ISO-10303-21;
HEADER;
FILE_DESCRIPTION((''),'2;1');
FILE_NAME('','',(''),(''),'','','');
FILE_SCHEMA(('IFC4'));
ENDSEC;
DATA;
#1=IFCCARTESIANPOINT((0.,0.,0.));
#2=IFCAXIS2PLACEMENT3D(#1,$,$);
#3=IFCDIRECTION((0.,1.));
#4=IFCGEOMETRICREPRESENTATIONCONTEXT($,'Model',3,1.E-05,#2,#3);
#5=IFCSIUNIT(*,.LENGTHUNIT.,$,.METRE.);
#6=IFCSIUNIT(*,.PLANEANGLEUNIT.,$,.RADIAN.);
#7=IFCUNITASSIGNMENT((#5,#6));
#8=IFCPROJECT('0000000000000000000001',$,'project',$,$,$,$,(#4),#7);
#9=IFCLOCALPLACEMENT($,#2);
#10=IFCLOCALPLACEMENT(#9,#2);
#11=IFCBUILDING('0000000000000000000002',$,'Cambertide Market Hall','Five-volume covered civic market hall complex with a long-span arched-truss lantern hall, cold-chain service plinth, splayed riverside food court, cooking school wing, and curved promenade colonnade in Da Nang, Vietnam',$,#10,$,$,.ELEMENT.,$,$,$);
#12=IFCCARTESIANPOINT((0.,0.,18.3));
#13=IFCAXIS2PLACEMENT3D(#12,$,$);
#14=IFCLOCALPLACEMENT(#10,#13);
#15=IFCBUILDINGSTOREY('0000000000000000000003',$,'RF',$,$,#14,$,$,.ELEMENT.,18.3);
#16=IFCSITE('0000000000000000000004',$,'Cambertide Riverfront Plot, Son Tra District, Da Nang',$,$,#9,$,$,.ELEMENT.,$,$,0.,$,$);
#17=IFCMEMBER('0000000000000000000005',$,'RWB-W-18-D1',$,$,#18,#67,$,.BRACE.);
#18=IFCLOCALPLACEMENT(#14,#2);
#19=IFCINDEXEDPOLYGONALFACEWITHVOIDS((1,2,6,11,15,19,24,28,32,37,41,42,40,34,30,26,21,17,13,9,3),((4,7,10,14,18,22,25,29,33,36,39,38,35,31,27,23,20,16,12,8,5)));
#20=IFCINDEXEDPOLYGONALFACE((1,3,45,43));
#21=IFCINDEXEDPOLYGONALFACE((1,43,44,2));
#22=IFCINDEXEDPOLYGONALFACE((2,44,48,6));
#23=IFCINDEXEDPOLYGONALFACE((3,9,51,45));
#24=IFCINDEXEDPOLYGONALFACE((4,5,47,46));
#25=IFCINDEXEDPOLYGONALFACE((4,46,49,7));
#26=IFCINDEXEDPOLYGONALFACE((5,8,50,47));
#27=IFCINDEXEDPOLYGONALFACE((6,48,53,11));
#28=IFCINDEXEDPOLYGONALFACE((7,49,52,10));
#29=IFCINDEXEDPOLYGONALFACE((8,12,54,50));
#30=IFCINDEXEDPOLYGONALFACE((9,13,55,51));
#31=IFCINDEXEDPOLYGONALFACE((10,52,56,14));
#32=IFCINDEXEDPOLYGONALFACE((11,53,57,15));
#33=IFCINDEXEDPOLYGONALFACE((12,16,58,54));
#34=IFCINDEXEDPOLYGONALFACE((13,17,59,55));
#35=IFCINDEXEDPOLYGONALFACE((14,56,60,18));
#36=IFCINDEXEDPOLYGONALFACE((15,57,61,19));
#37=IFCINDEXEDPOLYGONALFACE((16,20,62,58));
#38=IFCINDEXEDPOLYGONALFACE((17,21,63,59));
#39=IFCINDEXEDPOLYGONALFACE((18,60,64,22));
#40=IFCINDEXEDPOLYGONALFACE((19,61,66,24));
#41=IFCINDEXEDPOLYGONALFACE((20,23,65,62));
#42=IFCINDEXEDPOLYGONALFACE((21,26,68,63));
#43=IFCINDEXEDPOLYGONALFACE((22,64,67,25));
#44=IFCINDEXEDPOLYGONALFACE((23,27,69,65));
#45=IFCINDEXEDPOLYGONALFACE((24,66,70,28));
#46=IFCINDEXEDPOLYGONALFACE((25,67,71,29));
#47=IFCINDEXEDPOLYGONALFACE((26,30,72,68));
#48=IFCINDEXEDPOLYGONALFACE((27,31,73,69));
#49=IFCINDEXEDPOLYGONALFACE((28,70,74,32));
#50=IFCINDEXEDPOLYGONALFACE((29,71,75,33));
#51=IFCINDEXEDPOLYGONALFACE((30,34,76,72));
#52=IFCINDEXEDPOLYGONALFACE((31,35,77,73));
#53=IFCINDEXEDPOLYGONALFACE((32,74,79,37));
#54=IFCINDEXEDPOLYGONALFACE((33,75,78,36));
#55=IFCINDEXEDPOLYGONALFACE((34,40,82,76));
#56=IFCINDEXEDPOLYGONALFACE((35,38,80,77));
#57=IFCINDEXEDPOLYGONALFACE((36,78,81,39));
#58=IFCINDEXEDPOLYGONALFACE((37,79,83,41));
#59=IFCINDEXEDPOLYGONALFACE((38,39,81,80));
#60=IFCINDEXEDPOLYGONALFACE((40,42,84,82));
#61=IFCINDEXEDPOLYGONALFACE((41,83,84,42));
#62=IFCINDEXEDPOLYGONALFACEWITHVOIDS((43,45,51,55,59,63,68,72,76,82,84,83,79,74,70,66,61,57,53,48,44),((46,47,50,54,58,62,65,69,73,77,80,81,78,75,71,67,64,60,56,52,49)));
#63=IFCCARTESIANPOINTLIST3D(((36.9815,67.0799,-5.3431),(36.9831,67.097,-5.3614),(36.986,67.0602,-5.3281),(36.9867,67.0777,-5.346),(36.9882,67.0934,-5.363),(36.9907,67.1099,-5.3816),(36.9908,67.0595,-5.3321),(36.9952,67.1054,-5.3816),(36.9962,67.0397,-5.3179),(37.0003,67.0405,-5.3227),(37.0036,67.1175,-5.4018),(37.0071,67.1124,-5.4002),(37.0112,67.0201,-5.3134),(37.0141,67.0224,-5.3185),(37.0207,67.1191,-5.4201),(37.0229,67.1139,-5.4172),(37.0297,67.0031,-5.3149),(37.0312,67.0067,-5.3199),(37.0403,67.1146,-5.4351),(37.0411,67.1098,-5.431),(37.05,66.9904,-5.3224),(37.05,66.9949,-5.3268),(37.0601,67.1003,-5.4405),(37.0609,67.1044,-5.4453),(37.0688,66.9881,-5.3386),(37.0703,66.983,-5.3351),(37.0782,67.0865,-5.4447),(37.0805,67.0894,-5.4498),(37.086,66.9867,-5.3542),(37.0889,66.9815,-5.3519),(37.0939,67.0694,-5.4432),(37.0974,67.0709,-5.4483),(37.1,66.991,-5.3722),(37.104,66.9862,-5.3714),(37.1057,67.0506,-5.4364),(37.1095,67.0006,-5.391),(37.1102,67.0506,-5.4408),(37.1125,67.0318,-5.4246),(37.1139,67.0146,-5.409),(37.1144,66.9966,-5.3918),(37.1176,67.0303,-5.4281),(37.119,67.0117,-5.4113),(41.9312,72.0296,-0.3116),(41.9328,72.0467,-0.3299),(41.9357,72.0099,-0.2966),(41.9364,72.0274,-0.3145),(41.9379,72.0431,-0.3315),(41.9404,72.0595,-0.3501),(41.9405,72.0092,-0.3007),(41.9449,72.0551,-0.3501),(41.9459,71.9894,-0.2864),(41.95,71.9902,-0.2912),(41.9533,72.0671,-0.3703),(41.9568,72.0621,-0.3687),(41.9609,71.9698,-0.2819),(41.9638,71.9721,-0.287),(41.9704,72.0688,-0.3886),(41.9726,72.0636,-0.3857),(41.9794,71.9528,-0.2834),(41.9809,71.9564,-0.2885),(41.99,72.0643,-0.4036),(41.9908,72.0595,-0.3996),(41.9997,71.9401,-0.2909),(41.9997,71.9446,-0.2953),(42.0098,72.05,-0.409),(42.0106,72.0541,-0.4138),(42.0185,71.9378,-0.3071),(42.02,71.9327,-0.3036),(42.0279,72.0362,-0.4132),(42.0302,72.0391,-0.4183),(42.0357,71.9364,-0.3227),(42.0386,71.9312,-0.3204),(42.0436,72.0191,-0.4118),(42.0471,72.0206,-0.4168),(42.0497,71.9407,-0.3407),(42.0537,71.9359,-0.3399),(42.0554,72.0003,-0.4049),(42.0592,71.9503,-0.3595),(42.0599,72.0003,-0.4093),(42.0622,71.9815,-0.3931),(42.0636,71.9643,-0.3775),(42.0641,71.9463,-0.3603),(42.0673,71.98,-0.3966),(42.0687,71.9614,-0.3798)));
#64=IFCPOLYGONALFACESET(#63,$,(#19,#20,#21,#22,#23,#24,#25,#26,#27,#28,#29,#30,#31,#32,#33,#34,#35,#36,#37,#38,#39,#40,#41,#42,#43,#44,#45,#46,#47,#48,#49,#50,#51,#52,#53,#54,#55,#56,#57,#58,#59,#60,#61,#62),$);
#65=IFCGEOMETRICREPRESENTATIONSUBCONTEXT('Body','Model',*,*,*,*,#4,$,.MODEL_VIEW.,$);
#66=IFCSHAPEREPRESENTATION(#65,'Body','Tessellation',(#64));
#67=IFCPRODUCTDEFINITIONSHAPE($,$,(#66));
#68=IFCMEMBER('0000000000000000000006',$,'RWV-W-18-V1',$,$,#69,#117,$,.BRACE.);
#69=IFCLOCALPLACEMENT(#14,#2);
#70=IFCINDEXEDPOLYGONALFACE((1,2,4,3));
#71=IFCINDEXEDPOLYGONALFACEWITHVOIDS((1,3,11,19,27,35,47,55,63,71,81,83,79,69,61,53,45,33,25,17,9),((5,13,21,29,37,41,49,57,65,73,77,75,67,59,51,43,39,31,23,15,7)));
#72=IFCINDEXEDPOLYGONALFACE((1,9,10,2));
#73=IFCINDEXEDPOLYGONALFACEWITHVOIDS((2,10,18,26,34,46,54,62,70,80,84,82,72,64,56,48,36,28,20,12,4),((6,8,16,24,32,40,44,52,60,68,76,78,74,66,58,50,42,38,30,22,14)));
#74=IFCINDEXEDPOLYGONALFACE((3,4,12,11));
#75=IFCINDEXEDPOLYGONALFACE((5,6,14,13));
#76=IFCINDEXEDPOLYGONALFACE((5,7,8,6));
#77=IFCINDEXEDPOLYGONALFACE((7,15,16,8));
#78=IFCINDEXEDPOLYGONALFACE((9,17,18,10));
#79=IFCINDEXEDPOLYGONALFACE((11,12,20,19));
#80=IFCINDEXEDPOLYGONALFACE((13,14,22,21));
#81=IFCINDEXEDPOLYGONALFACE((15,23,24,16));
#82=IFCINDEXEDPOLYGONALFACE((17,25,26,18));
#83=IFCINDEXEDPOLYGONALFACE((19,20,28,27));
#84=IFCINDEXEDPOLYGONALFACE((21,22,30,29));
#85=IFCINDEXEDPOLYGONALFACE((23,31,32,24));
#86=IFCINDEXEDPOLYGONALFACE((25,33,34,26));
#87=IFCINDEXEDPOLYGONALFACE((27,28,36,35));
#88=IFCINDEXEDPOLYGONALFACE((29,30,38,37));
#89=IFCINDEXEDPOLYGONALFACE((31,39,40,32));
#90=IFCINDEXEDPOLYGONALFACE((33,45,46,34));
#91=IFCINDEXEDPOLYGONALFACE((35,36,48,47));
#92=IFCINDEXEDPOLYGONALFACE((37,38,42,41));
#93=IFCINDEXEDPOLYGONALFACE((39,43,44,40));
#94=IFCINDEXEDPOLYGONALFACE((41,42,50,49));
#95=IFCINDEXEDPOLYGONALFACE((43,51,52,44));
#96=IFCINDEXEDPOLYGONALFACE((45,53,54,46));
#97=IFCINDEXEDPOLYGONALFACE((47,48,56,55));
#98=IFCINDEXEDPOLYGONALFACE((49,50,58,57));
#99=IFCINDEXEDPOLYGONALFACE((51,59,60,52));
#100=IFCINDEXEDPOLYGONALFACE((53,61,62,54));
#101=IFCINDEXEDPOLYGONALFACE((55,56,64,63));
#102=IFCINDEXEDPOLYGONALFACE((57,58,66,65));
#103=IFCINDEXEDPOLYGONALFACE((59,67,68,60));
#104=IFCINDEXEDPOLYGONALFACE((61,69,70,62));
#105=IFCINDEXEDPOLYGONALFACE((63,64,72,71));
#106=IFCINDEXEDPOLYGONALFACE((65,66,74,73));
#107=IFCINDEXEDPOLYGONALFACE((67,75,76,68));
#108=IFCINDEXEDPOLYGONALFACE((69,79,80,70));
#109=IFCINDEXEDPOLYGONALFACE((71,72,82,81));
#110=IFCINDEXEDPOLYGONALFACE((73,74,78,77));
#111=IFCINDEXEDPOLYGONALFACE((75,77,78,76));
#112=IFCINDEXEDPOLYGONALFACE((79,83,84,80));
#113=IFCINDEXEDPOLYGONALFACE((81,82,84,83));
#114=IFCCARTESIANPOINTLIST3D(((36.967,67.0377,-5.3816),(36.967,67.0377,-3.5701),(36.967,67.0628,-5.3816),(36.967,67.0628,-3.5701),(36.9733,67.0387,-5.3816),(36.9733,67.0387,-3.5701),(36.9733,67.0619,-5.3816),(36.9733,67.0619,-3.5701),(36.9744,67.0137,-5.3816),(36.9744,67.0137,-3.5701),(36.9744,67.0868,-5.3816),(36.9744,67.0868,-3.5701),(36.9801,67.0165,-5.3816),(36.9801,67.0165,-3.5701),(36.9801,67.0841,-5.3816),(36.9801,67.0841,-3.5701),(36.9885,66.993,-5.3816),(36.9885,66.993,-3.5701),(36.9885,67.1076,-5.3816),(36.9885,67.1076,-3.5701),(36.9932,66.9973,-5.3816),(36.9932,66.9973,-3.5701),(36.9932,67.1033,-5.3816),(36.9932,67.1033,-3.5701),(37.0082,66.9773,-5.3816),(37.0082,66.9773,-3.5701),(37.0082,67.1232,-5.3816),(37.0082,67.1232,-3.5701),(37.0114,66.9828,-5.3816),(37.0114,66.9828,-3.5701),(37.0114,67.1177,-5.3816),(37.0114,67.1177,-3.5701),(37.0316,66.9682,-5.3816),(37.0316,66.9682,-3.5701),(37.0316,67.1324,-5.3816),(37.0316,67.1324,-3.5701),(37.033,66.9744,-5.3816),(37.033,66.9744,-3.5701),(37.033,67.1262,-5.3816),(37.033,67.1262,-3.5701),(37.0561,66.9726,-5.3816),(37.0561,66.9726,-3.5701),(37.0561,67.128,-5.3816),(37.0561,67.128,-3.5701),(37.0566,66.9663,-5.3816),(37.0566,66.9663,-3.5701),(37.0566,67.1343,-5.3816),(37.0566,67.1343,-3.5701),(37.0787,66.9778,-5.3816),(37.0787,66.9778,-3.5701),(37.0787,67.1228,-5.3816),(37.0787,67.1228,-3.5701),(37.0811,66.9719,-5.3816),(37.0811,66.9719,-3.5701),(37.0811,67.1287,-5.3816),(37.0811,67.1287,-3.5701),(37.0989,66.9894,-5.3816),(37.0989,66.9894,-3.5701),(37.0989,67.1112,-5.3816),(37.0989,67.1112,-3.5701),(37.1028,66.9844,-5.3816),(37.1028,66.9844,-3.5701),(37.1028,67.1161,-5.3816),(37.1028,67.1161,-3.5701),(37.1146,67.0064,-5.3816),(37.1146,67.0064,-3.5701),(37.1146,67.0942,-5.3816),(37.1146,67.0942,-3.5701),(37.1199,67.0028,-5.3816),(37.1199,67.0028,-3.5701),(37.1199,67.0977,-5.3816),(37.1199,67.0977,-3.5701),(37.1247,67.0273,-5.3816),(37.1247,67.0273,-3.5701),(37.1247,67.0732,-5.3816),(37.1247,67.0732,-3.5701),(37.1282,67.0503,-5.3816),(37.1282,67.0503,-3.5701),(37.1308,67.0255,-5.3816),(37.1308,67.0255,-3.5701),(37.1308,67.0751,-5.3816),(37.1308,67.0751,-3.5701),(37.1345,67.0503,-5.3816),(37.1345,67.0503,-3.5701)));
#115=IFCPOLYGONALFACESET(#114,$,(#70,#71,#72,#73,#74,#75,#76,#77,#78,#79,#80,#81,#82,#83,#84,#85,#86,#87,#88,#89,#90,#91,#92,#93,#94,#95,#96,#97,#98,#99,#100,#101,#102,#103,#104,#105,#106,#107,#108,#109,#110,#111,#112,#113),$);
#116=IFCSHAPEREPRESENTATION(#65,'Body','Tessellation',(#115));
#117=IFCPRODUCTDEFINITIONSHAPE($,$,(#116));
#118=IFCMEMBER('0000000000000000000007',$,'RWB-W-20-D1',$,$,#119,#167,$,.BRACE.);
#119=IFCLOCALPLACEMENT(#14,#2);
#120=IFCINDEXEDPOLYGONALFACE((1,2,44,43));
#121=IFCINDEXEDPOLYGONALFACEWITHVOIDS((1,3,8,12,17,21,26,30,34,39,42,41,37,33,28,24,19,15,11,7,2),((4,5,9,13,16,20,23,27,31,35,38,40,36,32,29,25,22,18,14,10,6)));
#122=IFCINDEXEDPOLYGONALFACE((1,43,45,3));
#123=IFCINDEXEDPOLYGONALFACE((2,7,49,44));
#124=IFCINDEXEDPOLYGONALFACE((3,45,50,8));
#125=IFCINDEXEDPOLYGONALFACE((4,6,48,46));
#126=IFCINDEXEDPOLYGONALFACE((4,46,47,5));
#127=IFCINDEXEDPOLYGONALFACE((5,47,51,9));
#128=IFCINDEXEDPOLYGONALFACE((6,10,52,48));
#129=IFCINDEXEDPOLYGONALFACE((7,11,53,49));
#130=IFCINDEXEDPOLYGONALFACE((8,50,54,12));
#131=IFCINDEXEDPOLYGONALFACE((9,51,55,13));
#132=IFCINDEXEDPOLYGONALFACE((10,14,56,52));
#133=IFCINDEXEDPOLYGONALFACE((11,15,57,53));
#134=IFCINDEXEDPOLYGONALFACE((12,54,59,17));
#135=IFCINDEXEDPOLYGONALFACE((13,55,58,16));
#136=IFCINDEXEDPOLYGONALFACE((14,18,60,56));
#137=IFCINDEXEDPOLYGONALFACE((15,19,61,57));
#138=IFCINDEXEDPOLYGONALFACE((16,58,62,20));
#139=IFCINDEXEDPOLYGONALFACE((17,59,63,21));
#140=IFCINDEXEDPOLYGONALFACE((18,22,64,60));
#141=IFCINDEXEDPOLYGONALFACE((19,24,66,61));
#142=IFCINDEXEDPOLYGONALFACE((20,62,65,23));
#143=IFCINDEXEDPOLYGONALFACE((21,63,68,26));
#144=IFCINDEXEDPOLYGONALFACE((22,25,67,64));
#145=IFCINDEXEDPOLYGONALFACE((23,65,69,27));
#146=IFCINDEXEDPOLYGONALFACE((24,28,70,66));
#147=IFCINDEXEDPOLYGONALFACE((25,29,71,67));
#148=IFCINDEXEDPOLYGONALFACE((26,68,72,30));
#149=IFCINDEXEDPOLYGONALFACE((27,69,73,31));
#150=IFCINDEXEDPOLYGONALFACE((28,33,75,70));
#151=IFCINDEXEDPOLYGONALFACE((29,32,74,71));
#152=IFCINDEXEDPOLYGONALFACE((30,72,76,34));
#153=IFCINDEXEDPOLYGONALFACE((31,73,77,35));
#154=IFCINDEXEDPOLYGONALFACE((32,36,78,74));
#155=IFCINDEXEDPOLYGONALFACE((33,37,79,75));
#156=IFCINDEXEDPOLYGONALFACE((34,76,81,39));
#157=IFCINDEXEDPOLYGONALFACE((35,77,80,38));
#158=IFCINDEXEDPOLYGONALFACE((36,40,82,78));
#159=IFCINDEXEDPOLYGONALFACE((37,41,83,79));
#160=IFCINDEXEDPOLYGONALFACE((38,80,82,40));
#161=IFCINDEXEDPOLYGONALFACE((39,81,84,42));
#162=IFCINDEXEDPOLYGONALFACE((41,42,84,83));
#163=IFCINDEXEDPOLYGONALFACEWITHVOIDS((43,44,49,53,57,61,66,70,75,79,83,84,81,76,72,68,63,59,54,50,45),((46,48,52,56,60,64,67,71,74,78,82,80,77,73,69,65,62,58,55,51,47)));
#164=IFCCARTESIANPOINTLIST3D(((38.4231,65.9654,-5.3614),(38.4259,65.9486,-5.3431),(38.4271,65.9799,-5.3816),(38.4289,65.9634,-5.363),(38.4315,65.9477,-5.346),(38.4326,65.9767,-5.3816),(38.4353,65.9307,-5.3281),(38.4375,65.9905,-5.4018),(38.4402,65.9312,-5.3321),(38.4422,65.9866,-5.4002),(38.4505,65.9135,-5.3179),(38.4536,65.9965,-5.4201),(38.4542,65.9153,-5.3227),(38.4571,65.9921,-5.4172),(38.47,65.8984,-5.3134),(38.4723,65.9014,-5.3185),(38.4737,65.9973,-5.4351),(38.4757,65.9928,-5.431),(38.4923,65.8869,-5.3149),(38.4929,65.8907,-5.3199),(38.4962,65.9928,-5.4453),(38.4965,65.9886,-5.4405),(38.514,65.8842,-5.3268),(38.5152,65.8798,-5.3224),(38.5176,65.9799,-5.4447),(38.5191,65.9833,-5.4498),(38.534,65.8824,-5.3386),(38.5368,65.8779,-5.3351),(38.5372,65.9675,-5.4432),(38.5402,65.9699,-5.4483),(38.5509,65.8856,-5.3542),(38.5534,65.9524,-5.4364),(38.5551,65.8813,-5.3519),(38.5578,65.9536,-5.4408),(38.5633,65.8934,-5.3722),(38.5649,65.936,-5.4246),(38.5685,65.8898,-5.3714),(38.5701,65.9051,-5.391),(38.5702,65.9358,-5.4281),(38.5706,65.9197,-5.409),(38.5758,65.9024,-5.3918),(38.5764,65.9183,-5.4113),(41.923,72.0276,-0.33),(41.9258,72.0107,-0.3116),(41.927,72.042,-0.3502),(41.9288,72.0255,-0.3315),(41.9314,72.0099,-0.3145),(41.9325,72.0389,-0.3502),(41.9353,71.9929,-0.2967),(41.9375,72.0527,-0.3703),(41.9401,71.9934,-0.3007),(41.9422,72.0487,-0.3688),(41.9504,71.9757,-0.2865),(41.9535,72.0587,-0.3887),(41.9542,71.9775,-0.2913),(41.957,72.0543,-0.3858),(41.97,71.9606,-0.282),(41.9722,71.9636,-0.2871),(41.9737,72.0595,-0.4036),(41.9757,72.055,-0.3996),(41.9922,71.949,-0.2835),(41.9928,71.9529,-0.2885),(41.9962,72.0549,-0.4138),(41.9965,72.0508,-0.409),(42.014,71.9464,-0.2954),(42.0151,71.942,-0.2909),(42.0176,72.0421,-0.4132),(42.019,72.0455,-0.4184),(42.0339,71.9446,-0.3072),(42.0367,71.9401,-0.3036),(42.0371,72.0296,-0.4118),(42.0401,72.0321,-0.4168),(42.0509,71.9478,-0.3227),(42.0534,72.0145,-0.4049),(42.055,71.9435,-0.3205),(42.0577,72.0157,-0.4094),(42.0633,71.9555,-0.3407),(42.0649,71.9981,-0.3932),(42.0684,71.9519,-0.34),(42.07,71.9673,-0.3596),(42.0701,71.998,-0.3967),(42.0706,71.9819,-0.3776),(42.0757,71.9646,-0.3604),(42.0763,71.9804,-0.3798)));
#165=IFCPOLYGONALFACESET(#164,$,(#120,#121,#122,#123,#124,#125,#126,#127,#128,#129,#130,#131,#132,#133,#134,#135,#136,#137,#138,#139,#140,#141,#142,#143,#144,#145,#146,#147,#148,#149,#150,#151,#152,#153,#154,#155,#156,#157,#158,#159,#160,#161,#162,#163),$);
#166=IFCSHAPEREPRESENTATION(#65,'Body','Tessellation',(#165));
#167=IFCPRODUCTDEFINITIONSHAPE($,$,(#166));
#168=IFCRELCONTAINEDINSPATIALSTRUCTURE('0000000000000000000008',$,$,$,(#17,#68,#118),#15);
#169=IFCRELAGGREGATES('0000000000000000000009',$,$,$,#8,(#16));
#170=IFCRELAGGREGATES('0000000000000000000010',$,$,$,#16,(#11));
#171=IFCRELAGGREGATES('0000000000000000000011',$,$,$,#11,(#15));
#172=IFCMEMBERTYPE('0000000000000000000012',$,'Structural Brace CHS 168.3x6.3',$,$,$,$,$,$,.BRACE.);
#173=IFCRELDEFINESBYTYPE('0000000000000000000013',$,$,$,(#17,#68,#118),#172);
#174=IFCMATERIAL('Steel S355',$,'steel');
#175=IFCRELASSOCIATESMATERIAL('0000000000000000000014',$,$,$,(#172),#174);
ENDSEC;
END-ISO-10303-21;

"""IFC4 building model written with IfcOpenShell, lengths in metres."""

from ifc_helpers import new_model, si_unit, direction, frame, origin, origin_2d, place, context, subcontext, project, spatial, hollow_circle, extrude, material, material_profile, profile_set, type_object, element, save


model = new_model("IFC4")

# Units and contexts
model_context = context("Model", 3, precision=1e-05, world=origin(), true_north=direction((0.0, 1.0)))
body_context = subcontext(model_context, "Body", "Model", "MODEL_VIEW")
ifc_project = project(units=[si_unit("LENGTHUNIT", "METRE"), si_unit("PLANEANGLEUNIT", "RADIAN")], contexts=[model_context])

# Site, building, storey
site_placement = place(None, origin())
site = spatial("IfcSite", under=ifc_project, at=site_placement, Name="Cambertide Riverfront Plot, Son Tra District, Da Nang", CompositionType="ELEMENT", RefElevation=0.0)
building_placement = place(site_placement, origin())
building = spatial("IfcBuilding", under=site, at=building_placement, Name="Cambertide Market Hall", Description="Five-volume covered civic market hall complex with a long-span arched-truss lantern hall, cold-chain service plinth, splayed riverside food court, cooking school wing, and curved promenade colonnade in Da Nang, Vietnam", CompositionType="ELEMENT")
storey_placement = place(building_placement, frame((0.0, 0.0, 18.3)))
storey = spatial("IfcBuildingStorey", under=building, at=storey_placement, Name="RF", CompositionType="ELEMENT", Elevation=18.3)

# Members
ifc_material_1 = material(Name="Steel S355", Category="steel")
ifc_material_profile_1 = material_profile(ifc_material_1, hollow_circle(Radius=0.0842, WallThickness=0.0063, at=origin_2d()), Name="CHS 168.3x6.3")
ifc_profile_set_1 = profile_set([ifc_material_profile_1], Name="Steel S355")
member_type_1 = type_object("IfcMemberType", Name="Structural Brace CHS 168.3x6.3", PredefinedType="BRACE", material=ifc_profile_set_1)
member_1_placement = place(storey_placement, frame((37.0503, 67.0503, -5.3816), z_axis=(0.57417, 0.57417, 0.583658), x_axis=(-0.707107, 0.707107, 0.0)))
element("IfcMember", 1, at=member_1_placement, inside=storey, type_object=member_type_1, Name="RWB-W-18-D1", PredefinedType="BRACE", context=body_context, shape_type="SweptSolid", body=[
    extrude(hollow_circle(Radius=0.0842, WallThickness=0.0063, at=origin_2d()), origin(), (0.0, 0.0, 1.0), 8.6206),
])
member_2_placement = place(storey_placement, frame((37.0503, 67.0503, -5.3816), z_axis=(0.0, 0.0, 1.0), x_axis=(1.0, 0.0, 0.0)))
element("IfcMember", 2, at=member_2_placement, inside=storey, type_object=member_type_1, Name="RWV-W-18-V1", PredefinedType="BRACE", context=body_context, shape_type="SweptSolid", body=[
    extrude(hollow_circle(Radius=0.0842, WallThickness=0.0063, at=origin_2d()), origin(), (0.0, 0.0, 1.0), 1.8115),
])
member_3_placement = place(storey_placement, frame((38.5, 65.9377, -5.3816), z_axis=(0.405998, 0.703219, 0.583651), x_axis=(-0.866028, 0.499995, 0.0)))
element("IfcMember", 3, at=member_3_placement, inside=storey, type_object=member_type_1, Name="RWB-W-20-D1", PredefinedType="BRACE", context=body_context, shape_type="SweptSolid", body=[
    extrude(hollow_circle(Radius=0.0842, WallThickness=0.0063, at=origin_2d()), origin(), (0.0, 0.0, 1.0), 8.6206),
])

save(model, "model.ifc")
